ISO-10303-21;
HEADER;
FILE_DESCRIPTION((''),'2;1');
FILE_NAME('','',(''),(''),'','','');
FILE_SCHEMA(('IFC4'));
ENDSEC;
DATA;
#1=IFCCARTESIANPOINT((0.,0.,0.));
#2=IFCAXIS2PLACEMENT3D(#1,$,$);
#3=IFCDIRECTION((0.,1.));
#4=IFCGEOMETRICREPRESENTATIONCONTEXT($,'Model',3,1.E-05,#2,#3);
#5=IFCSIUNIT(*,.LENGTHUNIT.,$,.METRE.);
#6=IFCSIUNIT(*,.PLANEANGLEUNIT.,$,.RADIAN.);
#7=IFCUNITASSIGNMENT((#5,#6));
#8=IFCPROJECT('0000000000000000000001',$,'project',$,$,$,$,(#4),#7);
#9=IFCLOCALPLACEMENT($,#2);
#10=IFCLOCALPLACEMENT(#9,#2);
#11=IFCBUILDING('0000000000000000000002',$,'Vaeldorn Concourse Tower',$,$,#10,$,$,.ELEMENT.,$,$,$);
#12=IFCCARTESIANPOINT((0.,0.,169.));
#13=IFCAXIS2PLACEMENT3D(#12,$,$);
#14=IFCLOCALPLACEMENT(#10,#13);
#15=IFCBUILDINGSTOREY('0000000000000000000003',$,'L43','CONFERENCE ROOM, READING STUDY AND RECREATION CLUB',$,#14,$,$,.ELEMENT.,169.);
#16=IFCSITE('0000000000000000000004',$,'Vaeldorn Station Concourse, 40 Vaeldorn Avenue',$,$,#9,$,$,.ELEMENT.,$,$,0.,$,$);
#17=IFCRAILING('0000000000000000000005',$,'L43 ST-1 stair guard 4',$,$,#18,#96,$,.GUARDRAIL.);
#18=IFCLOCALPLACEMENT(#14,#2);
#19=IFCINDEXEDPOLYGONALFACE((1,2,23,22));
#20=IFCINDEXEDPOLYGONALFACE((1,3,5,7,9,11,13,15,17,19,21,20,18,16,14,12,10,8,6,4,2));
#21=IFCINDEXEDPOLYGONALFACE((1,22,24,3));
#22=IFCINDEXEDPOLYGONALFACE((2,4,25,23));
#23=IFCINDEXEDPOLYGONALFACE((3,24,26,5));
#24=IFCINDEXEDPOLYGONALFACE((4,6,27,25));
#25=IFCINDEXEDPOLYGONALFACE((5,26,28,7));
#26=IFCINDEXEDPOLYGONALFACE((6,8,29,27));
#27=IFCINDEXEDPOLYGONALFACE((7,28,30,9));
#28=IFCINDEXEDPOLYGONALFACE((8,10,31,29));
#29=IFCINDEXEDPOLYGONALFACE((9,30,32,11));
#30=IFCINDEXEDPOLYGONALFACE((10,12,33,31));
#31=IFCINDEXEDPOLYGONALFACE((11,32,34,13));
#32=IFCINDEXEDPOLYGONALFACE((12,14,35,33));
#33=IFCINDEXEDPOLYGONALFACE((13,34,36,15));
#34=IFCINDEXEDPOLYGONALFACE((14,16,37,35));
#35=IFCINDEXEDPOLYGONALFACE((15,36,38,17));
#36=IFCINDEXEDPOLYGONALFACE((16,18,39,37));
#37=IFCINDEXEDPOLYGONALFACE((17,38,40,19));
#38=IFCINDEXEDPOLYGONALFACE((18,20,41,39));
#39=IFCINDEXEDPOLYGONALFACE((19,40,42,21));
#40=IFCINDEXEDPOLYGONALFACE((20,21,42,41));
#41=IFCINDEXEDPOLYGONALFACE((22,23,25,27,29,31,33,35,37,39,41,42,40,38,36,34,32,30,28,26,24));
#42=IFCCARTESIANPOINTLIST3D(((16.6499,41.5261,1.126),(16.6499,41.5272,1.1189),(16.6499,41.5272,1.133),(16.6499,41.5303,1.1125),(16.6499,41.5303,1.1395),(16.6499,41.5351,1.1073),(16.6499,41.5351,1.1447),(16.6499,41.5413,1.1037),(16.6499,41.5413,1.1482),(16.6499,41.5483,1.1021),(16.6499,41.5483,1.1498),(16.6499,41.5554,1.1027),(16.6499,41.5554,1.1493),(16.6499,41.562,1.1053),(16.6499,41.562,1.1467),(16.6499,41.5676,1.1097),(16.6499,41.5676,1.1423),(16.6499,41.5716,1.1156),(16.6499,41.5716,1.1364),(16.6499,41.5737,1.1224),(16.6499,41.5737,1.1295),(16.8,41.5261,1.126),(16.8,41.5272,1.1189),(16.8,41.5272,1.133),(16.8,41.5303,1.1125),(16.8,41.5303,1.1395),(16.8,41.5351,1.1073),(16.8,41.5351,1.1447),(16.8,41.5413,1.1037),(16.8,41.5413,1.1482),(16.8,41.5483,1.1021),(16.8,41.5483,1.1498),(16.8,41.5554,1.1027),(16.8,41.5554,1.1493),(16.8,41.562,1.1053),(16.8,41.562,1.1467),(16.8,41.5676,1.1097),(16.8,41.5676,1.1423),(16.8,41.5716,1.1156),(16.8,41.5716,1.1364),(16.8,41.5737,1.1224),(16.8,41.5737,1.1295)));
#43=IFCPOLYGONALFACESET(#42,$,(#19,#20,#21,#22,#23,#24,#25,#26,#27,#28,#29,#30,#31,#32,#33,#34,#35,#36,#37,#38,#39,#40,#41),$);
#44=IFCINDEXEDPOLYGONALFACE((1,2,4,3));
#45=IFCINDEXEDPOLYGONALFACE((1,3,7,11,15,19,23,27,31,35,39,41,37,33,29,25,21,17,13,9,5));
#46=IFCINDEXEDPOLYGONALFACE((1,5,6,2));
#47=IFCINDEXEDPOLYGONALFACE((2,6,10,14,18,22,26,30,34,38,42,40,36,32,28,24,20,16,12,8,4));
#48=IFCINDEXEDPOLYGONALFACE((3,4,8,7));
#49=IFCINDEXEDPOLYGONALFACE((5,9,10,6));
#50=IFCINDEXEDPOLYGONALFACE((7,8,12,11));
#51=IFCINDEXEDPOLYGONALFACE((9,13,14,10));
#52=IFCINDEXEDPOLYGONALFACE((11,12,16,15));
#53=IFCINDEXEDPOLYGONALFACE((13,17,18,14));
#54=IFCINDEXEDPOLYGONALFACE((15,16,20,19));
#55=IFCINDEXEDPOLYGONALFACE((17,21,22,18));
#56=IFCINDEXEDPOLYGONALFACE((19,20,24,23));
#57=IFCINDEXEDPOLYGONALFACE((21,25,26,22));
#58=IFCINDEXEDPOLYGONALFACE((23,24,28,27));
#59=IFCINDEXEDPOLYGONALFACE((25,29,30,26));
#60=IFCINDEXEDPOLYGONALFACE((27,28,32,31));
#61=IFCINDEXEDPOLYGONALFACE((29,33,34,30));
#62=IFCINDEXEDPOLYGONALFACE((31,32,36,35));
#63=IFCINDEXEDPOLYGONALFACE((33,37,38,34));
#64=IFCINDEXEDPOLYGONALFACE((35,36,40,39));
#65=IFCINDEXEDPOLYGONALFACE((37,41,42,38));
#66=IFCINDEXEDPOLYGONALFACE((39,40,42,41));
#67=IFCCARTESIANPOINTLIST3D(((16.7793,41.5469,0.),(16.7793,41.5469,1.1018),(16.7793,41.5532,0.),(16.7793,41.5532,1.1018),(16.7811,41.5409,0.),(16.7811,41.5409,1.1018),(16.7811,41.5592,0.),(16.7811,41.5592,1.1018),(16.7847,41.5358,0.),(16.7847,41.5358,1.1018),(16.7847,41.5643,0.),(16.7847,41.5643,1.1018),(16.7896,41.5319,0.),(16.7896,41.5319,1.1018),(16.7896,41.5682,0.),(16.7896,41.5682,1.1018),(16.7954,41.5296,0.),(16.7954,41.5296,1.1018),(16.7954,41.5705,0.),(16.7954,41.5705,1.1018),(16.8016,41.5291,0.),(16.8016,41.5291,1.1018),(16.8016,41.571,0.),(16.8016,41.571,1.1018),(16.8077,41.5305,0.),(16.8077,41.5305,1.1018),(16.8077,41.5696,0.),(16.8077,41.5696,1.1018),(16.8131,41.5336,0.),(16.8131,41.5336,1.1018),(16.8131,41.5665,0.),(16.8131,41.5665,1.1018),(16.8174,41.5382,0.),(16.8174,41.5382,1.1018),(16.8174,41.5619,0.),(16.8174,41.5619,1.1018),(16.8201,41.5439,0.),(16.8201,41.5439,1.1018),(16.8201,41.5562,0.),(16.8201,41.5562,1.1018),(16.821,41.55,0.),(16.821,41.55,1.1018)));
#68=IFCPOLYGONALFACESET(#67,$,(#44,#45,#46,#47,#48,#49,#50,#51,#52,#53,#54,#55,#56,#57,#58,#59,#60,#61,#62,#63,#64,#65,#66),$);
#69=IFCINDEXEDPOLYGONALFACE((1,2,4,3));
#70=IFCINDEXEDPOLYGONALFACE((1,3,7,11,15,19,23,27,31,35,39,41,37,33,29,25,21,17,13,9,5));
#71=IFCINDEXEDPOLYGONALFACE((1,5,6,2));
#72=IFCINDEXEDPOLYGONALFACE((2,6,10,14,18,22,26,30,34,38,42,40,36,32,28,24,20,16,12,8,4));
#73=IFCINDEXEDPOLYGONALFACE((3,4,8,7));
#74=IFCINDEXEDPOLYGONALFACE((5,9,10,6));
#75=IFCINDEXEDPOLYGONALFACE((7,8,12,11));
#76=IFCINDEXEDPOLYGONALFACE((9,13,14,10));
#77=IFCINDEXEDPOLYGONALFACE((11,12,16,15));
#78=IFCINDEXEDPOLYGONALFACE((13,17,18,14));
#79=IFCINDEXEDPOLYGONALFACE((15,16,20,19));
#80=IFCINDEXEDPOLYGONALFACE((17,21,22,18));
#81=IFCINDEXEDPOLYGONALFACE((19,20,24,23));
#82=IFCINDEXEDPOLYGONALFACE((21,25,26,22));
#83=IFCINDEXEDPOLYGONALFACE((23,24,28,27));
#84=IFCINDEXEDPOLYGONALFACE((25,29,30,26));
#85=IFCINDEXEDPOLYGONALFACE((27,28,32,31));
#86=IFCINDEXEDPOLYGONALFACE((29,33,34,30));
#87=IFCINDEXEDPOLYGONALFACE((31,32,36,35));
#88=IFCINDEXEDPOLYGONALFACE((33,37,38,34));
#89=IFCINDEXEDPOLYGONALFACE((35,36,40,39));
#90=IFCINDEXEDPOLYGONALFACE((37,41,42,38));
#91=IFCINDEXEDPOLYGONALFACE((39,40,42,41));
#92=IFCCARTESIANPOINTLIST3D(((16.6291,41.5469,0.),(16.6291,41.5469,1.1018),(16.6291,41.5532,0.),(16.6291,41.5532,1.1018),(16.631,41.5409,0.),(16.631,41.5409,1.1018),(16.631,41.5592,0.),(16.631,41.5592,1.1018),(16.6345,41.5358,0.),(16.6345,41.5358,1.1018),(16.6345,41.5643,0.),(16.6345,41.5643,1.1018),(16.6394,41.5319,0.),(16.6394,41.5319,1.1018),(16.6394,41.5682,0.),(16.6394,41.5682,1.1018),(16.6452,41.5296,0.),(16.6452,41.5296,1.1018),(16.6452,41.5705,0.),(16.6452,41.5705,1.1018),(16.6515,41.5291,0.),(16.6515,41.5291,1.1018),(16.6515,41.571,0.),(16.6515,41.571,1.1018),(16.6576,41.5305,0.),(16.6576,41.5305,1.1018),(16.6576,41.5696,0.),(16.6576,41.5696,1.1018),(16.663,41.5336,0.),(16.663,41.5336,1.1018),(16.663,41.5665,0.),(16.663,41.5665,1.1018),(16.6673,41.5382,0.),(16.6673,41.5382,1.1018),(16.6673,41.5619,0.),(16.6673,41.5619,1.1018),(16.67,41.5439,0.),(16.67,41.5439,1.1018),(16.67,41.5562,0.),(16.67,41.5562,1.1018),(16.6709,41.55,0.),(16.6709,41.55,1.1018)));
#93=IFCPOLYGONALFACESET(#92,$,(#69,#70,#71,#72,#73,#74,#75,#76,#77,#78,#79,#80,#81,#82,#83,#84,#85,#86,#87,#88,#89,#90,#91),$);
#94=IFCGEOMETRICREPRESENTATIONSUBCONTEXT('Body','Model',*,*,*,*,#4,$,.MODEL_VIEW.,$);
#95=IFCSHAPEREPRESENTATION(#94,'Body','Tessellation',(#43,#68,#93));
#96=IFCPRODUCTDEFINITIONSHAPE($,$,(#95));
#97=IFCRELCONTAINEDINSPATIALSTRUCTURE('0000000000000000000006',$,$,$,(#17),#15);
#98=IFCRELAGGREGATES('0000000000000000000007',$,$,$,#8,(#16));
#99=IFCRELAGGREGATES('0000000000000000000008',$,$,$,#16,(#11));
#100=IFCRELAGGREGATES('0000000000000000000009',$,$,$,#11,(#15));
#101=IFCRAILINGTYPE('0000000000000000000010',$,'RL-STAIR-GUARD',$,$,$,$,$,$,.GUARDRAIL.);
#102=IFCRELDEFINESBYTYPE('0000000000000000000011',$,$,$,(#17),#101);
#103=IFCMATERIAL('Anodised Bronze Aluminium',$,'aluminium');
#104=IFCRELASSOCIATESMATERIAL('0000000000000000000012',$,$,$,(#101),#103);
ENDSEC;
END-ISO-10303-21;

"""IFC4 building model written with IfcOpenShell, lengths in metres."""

from ifc_helpers import new_model, si_unit, direction, frame, origin, origin_2d, place, context, subcontext, project, spatial, circle, extrude, material, type_object, element, save


model = new_model("IFC4")

# Units and contexts
model_context = context("Model", 3, precision=1e-05, world=origin(), true_north=direction((0.0, 1.0)))
body_context = subcontext(model_context, "Body", "Model", "MODEL_VIEW")
ifc_project = project(units=[si_unit("LENGTHUNIT", "METRE"), si_unit("PLANEANGLEUNIT", "RADIAN")], contexts=[model_context])

# Site, building, storey
site_placement = place(None, origin())
site = spatial("IfcSite", under=ifc_project, at=site_placement, Name="Vaeldorn Station Concourse, 40 Vaeldorn Avenue", CompositionType="ELEMENT", RefElevation=0.0)
building_placement = place(site_placement, origin())
building = spatial("IfcBuilding", under=site, at=building_placement, Name="Vaeldorn Concourse Tower", CompositionType="ELEMENT")
storey_placement = place(building_placement, frame((0.0, 0.0, 169.0)))
storey = spatial("IfcBuildingStorey", under=building, at=storey_placement, Name="L43", Description="CONFERENCE ROOM, READING STUDY AND RECREATION CLUB", CompositionType="ELEMENT", Elevation=169.0)

# Railing
ifc_material_1 = material(Name="Anodised Bronze Aluminium", Category="aluminium")
railing_type_1 = type_object("IfcRailingType", Name="RL-STAIR-GUARD", PredefinedType="GUARDRAIL", material=ifc_material_1)
railing_1_placement = place(storey_placement, frame((16.8, 41.55, 0.0)))
element("IfcRailing", 1, at=railing_1_placement, inside=storey, type_object=railing_type_1, Name="L43 ST-1 stair guard 4", PredefinedType="GUARDRAIL", context=body_context, shape_type="SweptSolid", body=[
    extrude(circle(Radius=0.0239, at=origin_2d()), frame((0.0, 0.0, 1.126), z_axis=(-1.0, 0.0, 0.0), x_axis=(0.0, -1.0, 0.0)), (0.0, 0.0, 1.0), 0.1501),
    extrude(circle(Radius=0.021, at=origin_2d()), origin(), (0.0, 0.0, 1.0), 1.1018),
    extrude(circle(Radius=0.021, at=origin_2d()), frame((-0.1501, 0.0, 0.0)), (0.0, 0.0, 1.0), 1.1018),
])

save(model, "model.ifc")
